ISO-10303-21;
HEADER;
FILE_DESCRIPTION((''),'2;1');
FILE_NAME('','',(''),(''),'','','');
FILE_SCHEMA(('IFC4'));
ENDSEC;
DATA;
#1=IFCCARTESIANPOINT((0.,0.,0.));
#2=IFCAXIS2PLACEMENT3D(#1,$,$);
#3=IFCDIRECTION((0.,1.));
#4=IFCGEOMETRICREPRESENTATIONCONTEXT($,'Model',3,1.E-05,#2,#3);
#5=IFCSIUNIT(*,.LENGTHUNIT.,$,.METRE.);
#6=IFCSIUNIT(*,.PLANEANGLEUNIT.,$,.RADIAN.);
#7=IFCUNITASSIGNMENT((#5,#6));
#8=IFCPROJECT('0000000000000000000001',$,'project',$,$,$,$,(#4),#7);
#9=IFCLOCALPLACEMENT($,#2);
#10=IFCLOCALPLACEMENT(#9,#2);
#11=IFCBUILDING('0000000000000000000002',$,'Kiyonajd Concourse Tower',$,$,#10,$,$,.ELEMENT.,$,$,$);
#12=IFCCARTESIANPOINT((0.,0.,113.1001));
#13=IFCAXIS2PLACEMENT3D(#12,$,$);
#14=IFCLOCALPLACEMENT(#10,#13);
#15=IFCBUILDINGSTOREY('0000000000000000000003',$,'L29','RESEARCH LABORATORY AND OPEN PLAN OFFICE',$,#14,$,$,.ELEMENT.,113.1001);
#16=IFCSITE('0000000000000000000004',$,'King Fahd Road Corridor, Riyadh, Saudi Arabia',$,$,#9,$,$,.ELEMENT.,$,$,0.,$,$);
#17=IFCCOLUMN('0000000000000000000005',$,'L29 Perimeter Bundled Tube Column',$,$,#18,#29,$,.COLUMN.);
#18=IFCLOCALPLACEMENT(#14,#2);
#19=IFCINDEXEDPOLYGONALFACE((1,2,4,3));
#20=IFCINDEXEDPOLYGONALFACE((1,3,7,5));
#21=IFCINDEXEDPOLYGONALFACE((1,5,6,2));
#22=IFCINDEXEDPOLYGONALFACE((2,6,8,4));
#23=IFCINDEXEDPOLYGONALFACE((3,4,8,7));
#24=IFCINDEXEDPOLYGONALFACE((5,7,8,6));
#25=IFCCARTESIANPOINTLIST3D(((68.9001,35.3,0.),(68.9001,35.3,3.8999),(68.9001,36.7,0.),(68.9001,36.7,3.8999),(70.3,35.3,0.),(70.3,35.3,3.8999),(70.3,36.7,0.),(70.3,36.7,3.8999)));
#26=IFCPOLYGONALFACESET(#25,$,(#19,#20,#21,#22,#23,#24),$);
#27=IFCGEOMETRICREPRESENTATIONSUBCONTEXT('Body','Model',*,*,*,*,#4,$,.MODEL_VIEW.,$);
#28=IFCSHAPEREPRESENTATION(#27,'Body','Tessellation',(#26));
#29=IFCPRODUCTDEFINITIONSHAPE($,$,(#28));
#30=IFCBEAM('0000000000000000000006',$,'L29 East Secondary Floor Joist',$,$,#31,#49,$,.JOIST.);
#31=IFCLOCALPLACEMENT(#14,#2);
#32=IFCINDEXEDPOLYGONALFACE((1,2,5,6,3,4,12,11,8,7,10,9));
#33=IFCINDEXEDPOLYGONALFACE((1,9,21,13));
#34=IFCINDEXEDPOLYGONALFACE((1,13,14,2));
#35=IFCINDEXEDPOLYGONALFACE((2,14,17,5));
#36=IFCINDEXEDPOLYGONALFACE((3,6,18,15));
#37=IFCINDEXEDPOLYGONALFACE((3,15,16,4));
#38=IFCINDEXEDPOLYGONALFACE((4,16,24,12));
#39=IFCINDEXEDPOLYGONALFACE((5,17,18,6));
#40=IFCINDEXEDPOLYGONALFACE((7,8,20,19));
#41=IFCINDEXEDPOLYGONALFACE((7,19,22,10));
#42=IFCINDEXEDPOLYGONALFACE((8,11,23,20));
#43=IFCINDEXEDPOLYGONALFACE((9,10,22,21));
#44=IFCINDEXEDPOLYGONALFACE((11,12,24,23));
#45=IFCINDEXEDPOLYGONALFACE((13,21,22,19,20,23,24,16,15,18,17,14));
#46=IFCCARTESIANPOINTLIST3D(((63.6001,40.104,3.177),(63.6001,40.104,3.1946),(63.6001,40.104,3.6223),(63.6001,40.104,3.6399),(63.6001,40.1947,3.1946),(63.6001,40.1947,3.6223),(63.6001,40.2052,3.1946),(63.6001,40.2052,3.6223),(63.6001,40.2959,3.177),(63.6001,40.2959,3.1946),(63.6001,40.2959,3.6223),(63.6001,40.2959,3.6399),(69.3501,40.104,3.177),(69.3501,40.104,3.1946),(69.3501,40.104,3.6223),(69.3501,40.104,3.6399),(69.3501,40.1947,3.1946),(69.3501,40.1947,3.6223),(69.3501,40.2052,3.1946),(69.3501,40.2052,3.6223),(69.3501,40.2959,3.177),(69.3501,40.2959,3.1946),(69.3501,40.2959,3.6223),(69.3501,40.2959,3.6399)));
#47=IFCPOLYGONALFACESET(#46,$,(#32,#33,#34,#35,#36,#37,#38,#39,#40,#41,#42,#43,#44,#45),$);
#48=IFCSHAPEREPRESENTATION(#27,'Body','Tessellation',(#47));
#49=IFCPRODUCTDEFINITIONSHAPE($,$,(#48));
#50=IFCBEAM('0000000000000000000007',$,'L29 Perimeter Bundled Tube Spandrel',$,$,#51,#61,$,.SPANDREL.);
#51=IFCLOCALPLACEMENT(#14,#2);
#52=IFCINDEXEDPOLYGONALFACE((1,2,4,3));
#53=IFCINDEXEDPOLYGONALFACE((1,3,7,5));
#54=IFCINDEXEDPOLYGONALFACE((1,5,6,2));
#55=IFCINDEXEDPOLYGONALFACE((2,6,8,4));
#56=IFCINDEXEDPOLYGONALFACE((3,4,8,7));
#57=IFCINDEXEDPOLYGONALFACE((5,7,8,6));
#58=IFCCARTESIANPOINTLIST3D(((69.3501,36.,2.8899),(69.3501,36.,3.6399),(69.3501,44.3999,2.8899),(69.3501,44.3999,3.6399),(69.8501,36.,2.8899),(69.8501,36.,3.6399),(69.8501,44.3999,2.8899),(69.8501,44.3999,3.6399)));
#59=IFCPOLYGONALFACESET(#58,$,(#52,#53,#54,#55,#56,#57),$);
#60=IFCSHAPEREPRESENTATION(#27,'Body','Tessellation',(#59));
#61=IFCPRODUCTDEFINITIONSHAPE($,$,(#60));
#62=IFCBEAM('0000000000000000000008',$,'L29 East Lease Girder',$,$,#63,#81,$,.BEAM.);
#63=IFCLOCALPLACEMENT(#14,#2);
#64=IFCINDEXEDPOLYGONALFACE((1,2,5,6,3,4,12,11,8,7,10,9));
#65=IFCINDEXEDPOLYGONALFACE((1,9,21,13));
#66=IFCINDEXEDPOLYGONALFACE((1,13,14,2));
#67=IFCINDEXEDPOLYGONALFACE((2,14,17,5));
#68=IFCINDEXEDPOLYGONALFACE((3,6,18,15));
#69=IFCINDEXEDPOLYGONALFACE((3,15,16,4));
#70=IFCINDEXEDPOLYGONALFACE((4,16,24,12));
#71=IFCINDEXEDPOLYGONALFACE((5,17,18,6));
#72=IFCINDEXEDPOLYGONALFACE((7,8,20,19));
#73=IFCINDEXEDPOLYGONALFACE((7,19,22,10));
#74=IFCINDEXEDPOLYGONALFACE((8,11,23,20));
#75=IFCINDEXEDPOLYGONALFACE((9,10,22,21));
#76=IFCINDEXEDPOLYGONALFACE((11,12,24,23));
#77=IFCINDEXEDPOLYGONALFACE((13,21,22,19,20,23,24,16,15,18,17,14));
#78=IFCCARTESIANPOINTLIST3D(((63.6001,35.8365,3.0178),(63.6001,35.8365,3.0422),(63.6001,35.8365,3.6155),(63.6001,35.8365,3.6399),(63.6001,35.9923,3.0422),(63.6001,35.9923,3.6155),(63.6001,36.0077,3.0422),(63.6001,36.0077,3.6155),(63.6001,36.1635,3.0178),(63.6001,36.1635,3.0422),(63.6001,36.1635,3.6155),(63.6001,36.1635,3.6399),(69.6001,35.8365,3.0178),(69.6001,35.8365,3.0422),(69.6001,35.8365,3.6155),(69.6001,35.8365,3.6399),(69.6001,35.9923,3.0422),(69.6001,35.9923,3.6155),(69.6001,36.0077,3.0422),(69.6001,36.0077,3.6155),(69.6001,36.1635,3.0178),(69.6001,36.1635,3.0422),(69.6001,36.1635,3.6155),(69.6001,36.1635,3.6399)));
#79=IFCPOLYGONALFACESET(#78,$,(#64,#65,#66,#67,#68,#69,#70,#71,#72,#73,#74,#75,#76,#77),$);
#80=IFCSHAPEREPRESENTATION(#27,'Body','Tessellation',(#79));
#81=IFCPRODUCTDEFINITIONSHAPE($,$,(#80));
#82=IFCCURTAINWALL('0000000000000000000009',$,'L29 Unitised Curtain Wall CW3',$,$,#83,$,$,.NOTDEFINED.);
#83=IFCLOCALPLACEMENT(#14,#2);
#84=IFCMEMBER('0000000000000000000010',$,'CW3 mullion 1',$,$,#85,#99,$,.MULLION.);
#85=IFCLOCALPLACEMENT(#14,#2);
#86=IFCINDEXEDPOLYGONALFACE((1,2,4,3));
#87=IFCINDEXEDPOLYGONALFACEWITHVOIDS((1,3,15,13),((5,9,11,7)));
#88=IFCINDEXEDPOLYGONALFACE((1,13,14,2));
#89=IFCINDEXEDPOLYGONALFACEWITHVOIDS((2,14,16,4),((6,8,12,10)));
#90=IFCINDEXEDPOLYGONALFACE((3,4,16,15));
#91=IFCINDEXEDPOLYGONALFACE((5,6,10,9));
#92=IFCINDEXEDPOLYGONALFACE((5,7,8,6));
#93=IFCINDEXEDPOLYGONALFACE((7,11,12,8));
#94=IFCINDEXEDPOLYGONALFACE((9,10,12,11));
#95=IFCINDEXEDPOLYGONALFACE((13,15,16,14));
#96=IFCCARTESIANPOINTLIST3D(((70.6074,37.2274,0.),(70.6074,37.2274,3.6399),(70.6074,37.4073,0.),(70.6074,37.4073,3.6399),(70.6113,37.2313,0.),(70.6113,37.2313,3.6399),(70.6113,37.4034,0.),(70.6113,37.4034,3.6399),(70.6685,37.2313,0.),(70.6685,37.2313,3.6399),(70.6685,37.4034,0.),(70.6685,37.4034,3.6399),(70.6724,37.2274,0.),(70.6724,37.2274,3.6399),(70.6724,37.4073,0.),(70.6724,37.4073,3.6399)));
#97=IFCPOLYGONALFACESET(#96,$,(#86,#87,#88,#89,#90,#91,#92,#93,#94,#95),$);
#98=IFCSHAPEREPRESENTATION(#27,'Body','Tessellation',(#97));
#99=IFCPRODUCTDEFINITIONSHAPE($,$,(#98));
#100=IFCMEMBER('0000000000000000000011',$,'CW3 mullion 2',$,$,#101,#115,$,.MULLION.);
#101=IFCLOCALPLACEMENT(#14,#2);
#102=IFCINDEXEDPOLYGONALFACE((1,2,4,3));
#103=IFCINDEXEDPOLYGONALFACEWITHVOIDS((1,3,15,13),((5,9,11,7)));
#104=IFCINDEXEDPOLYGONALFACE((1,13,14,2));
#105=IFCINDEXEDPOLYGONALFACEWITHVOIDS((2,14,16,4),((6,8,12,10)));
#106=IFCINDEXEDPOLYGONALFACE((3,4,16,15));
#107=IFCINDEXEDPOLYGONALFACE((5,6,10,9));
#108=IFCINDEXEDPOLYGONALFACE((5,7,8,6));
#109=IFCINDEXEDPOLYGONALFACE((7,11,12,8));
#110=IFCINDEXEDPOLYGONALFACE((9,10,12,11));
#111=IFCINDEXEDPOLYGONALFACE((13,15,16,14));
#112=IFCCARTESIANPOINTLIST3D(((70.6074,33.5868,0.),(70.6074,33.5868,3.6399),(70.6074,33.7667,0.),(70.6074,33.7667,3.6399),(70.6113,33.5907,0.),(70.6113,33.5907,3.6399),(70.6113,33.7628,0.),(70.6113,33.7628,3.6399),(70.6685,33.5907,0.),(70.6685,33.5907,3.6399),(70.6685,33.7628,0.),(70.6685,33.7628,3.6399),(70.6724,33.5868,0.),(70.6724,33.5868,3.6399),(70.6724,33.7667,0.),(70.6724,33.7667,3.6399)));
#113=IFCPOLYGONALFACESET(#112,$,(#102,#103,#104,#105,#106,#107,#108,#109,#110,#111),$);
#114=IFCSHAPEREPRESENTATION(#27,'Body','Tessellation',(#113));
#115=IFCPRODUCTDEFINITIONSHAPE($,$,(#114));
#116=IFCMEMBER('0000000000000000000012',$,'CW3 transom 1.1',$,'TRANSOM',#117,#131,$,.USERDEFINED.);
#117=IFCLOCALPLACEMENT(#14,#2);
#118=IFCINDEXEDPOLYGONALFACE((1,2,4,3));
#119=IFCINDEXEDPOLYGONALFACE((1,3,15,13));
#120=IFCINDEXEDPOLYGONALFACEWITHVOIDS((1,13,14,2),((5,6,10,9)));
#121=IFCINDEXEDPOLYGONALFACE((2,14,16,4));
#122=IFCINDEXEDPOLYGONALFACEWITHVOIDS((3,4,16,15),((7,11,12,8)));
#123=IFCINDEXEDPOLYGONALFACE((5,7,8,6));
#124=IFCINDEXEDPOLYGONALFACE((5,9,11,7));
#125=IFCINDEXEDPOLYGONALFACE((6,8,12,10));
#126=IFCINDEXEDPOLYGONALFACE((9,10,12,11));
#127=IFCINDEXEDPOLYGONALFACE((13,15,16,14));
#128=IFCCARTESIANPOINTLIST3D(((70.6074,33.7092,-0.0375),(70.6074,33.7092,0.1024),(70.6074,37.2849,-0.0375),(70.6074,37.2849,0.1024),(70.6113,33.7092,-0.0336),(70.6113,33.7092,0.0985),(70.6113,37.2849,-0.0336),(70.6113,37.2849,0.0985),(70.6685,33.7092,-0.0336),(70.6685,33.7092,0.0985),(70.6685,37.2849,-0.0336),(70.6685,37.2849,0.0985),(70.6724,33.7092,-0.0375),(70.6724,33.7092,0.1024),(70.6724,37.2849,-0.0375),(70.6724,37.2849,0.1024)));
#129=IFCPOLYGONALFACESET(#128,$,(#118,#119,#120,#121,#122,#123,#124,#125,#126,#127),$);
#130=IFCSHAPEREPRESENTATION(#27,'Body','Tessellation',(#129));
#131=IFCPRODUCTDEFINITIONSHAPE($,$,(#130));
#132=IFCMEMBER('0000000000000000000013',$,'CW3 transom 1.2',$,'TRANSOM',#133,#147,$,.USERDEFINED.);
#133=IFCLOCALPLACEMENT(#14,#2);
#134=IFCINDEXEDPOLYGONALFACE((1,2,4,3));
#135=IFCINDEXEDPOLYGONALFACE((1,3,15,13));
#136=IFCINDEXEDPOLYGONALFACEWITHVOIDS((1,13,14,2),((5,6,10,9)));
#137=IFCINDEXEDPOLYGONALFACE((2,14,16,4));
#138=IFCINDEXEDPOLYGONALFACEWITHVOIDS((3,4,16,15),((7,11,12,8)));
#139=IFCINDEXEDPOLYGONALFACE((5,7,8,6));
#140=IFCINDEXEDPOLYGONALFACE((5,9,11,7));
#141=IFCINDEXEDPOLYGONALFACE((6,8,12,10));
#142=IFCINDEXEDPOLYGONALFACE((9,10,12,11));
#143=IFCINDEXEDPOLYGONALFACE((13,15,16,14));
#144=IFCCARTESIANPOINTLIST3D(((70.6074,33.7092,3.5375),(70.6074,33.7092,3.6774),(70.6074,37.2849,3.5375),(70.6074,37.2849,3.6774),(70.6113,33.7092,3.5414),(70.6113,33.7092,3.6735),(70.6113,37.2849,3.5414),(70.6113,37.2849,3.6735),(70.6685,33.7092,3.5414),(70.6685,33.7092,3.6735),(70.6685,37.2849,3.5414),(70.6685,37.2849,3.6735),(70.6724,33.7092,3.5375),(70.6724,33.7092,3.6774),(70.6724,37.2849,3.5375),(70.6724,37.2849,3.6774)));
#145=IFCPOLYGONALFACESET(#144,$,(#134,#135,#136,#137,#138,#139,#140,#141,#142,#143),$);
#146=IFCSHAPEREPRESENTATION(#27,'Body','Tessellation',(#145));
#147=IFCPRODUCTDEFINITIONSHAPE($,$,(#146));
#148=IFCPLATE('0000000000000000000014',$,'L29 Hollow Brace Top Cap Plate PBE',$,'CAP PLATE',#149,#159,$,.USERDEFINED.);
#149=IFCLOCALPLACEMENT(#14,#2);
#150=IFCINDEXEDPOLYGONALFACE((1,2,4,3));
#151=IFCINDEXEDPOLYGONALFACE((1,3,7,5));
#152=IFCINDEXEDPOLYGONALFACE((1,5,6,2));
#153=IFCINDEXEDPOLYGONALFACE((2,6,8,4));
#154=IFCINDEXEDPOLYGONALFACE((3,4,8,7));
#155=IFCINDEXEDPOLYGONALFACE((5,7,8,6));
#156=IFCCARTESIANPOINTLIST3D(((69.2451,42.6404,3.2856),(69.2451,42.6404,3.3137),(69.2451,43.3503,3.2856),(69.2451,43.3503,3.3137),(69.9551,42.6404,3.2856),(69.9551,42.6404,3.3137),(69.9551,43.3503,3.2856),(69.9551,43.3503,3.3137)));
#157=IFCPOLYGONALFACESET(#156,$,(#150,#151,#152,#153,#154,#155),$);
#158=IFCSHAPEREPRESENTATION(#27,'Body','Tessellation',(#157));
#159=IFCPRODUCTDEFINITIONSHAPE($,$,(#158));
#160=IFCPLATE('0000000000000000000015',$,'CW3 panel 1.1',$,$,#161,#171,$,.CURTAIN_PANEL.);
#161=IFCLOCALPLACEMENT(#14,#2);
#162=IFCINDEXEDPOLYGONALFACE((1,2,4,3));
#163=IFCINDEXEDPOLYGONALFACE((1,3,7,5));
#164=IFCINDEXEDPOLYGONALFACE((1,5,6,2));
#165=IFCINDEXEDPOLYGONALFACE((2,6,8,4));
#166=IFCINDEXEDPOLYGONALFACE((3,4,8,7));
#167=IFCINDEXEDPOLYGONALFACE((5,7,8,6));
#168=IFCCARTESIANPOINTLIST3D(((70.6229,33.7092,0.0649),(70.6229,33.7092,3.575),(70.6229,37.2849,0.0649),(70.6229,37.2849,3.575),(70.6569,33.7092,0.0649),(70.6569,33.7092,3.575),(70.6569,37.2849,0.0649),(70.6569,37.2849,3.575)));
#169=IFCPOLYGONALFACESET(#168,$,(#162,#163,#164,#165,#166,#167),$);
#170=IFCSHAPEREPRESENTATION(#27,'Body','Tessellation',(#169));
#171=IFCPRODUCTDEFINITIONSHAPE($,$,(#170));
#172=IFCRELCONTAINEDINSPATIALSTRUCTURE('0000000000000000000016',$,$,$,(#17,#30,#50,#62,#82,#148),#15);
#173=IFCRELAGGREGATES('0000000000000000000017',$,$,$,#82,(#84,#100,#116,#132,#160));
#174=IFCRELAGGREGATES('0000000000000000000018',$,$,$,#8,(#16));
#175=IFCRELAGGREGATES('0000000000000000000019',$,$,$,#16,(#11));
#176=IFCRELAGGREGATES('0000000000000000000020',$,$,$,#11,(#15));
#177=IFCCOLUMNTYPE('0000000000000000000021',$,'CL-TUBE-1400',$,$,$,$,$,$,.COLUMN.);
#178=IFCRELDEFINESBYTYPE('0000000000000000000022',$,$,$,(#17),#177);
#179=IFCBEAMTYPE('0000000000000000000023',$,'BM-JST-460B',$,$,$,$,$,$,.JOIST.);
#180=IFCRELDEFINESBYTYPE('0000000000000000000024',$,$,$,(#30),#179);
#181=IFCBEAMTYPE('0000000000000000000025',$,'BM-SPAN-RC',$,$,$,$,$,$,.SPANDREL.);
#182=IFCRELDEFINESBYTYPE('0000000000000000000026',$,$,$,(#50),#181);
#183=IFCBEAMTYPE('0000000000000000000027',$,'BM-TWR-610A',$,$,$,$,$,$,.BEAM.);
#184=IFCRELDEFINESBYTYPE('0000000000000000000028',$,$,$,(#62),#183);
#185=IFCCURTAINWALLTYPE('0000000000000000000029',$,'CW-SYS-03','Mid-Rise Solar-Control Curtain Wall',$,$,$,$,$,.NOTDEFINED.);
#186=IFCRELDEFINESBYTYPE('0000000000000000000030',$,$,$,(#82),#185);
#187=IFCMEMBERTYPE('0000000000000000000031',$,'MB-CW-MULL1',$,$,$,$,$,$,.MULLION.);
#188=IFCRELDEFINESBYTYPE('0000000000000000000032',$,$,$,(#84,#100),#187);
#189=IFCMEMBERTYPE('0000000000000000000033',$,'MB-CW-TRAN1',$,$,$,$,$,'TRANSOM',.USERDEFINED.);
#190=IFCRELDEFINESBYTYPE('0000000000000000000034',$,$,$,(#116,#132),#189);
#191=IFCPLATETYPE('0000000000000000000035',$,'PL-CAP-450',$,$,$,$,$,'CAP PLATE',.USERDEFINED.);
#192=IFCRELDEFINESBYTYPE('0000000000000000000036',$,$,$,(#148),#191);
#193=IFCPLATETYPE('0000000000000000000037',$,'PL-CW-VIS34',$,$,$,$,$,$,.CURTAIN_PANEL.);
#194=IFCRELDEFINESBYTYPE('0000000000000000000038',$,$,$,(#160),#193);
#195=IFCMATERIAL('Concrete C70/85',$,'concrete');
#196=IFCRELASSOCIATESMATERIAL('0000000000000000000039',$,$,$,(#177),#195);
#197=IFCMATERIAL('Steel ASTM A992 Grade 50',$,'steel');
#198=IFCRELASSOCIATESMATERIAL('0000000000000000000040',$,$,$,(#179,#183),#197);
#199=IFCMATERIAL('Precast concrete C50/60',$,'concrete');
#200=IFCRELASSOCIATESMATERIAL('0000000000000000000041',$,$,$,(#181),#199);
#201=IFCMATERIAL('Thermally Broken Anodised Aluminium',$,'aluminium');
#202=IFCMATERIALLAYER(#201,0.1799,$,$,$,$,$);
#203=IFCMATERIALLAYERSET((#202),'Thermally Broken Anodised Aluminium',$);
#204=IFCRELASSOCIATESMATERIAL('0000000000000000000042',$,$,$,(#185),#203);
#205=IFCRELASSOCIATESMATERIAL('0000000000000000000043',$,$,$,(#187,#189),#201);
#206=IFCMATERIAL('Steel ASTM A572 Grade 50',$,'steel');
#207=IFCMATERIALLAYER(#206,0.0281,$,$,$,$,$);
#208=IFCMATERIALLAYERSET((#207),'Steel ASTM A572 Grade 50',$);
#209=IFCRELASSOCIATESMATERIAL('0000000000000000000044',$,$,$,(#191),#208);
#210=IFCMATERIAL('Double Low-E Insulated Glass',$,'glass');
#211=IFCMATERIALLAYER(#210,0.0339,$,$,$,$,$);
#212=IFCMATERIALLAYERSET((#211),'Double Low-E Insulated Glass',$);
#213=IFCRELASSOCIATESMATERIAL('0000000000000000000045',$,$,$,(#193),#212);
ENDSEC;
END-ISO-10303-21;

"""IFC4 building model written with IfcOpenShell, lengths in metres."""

from ifc_helpers import new_model, si_unit, direction, frame, origin, origin_2d, place, context, subcontext, project, spatial, rectangle, hollow_rectangle, i_section, extrude, material, layer, layer_set, material_profile, profile_set, type_object, element, aggregate, save


model = new_model("IFC4")

# Units and contexts
model_context = context("Model", 3, precision=1e-05, world=origin(), true_north=direction((0.0, 1.0)))
body_context = subcontext(model_context, "Body", "Model", "MODEL_VIEW")
ifc_project = project(units=[si_unit("LENGTHUNIT", "METRE"), si_unit("PLANEANGLEUNIT", "RADIAN")], contexts=[model_context])

# Site, building, storey
site_placement = place(None, origin())
site = spatial("IfcSite", under=ifc_project, at=site_placement, Name="King Fahd Road Corridor, Riyadh, Saudi Arabia", CompositionType="ELEMENT", RefElevation=0.0)
building_placement = place(site_placement, origin())
building = spatial("IfcBuilding", under=site, at=building_placement, Name="Kiyonajd Concourse Tower", CompositionType="ELEMENT")
storey_placement = place(building_placement, frame((0.0, 0.0, 113.1001)))
storey = spatial("IfcBuildingStorey", under=building, at=storey_placement, Name="L29", Description="RESEARCH LABORATORY AND OPEN PLAN OFFICE", CompositionType="ELEMENT", Elevation=113.1001)

# Column
ifc_material_1 = material(Name="Concrete C70/85", Category="concrete")
ifc_material_profile_1 = material_profile(ifc_material_1, rectangle(XDim=1.3999, YDim=1.3999, at=origin_2d()), Name="RC-1400x1400")
ifc_profile_set_1 = profile_set([ifc_material_profile_1], Name="Concrete C70/85")
column_type = type_object("IfcColumnType", Name="CL-TUBE-1400", PredefinedType="COLUMN", material=ifc_profile_set_1)
column_placement = place(storey_placement, frame((69.6001, 36.0, 0.0), z_axis=(0.0, 0.0, 1.0), x_axis=(1.0, 0.0, 0.0)))
element("IfcColumn", 1, at=column_placement, inside=storey, type_object=column_type, Name="L29 Perimeter Bundled Tube Column", PredefinedType="COLUMN", context=body_context, shape_type="SweptSolid", body=[
    extrude(rectangle(XDim=1.3999, YDim=1.3999, at=origin_2d()), origin(), (0.0, 0.0, 1.0), 3.8999),
])

# Beams
ifc_material_2 = material(Name="Steel ASTM A992 Grade 50", Category="steel")
ifc_material_profile_2 = material_profile(ifc_material_2, i_section(OverallWidth=0.1919, OverallDepth=0.4629, WebThickness=0.0105, FlangeThickness=0.0176, at=origin_2d()), Name="W460X89")
ifc_profile_set_2 = profile_set([ifc_material_profile_2], Name="Steel ASTM A992 Grade 50")
beam_type_1 = type_object("IfcBeamType", Name="BM-JST-460B", PredefinedType="JOIST", material=ifc_profile_set_2)
beam_1_placement = place(storey_placement, frame((63.6001, 40.2, 3.4084), z_axis=(1.0, 0.0, 0.0), x_axis=(0.0, 1.0, 0.0)))
element("IfcBeam", 2, at=beam_1_placement, inside=storey, type_object=beam_type_1, Name="L29 East Secondary Floor Joist", PredefinedType="JOIST", context=body_context, shape_type="SweptSolid", body=[
    extrude(i_section(OverallWidth=0.1919, OverallDepth=0.4629, WebThickness=0.0105, FlangeThickness=0.0176, at=origin_2d()), origin(), (0.0, 0.0, 1.0), 5.75),
])
ifc_material_3 = material(Name="Precast concrete C50/60", Category="concrete")
ifc_material_profile_3 = material_profile(ifc_material_3, rectangle(XDim=0.5, YDim=0.75, at=origin_2d()), Name="RCBM-500x750")
ifc_profile_set_3 = profile_set([ifc_material_profile_3], Name="Precast concrete C50/60")
beam_type_2 = type_object("IfcBeamType", Name="BM-SPAN-RC", PredefinedType="SPANDREL", material=ifc_profile_set_3)
beam_2_placement = place(storey_placement, frame((69.6001, 36.0, 3.2649), z_axis=(0.0, 1.0, 0.0), x_axis=(-1.0, 0.0, 0.0)))
element("IfcBeam", 3, at=beam_2_placement, inside=storey, type_object=beam_type_2, Name="L29 Perimeter Bundled Tube Spandrel", PredefinedType="SPANDREL", context=body_context, shape_type="SweptSolid", body=[
    extrude(rectangle(XDim=0.5, YDim=0.75, at=origin_2d()), origin(), (0.0, 0.0, 1.0), 8.3999),
])
ifc_material_profile_4 = material_profile(ifc_material_2, i_section(OverallWidth=0.3269, OverallDepth=0.6221, WebThickness=0.0154, FlangeThickness=0.0244, at=origin_2d()), Name="W610X195")
ifc_profile_set_4 = profile_set([ifc_material_profile_4], Name="Steel ASTM A992 Grade 50")
beam_type_3 = type_object("IfcBeamType", Name="BM-TWR-610A", PredefinedType="BEAM", material=ifc_profile_set_4)
beam_3_placement = place(storey_placement, frame((63.6001, 36.0, 3.3289), z_axis=(1.0, 0.0, 0.0), x_axis=(0.0, 1.0, 0.0)))
element("IfcBeam", 4, at=beam_3_placement, inside=storey, type_object=beam_type_3, Name="L29 East Lease Girder", PredefinedType="BEAM", context=body_context, shape_type="SweptSolid", body=[
    extrude(i_section(OverallWidth=0.3269, OverallDepth=0.6221, WebThickness=0.0154, FlangeThickness=0.0244, at=origin_2d()), origin(), (0.0, 0.0, 1.0), 6.0),
])

# Curtain wall, members
ifc_material_4 = material(Name="Thermally Broken Anodised Aluminium", Category="aluminium")
ifc_layer_1 = layer(ifc_material_4, 0.1799)
ifc_layer_set_1 = layer_set([ifc_layer_1], Name="Thermally Broken Anodised Aluminium")
curtain_wall_type = type_object("IfcCurtainWallType", Name="CW-SYS-03", Description="Mid-Rise Solar-Control Curtain Wall", PredefinedType="NOTDEFINED", material=ifc_layer_set_1)
curtain_wall_placement = place(storey_placement, origin())
curtain_wall = element("IfcCurtainWall", 5, at=curtain_wall_placement, inside=storey, type_object=curtain_wall_type, Name="L29 Unitised Curtain Wall CW3", PredefinedType="NOTDEFINED")
ifc_material_profile_5 = material_profile(ifc_material_4, hollow_rectangle(XDim=0.0649, YDim=0.1799, WallThickness=0.0039, at=origin_2d()), Name="MULL-65x180")
ifc_profile_set_5 = profile_set([ifc_material_profile_5], Name="Thermally Broken Anodised Aluminium")
member_type_1 = type_object("IfcMemberType", Name="MB-CW-MULL1", PredefinedType="MULLION", material=ifc_profile_set_5)
member_1_placement = place(storey_placement, frame((70.6399, 37.3174, 0.0), z_axis=(0.0, 0.0, 1.0), x_axis=(1.0, 0.0, 0.0)))
member_1 = element("IfcMember", 6, at=member_1_placement, type_object=member_type_1, Name="CW3 mullion 1", PredefinedType="MULLION", context=body_context, shape_type="SweptSolid", body=[
    extrude(hollow_rectangle(XDim=0.0649, YDim=0.1799, WallThickness=0.0039, at=origin_2d()), origin(), (0.0, 0.0, 1.0), 3.6399),
])
member_2_placement = place(storey_placement, frame((70.6399, 33.6768, 0.0), z_axis=(0.0, 0.0, 1.0), x_axis=(1.0, 0.0, 0.0)))
member_2 = element("IfcMember", 7, at=member_2_placement, type_object=member_type_1, Name="CW3 mullion 2", PredefinedType="MULLION", context=body_context, shape_type="SweptSolid", body=[
    extrude(hollow_rectangle(XDim=0.0649, YDim=0.1799, WallThickness=0.0039, at=origin_2d()), origin(), (0.0, 0.0, 1.0), 3.6399),
])
ifc_material_profile_6 = material_profile(ifc_material_4, hollow_rectangle(XDim=0.0649, YDim=0.1399, WallThickness=0.0039, at=origin_2d()), Name="TRAN-65x140")
ifc_profile_set_6 = profile_set([ifc_material_profile_6], Name="Thermally Broken Anodised Aluminium")
member_type_2 = type_object("IfcMemberType", Name="MB-CW-TRAN1", ElementType="TRANSOM", PredefinedType="USERDEFINED", material=ifc_profile_set_6)
member_3_placement = place(storey_placement, frame((70.6399, 37.2849, 0.0325), z_axis=(0.0, -1.0, 0.0), x_axis=(1.0, 0.0, 0.0)))
member_3 = element("IfcMember", 8, at=member_3_placement, type_object=member_type_2, Name="CW3 transom 1.1", ObjectType="TRANSOM", PredefinedType="USERDEFINED", context=body_context, shape_type="SweptSolid", body=[
    extrude(hollow_rectangle(XDim=0.0649, YDim=0.1399, WallThickness=0.0039, at=origin_2d()), origin(), (0.0, 0.0, 1.0), 3.5757),
])
member_4_placement = place(storey_placement, frame((70.6399, 37.2849, 3.6074), z_axis=(0.0, -1.0, 0.0), x_axis=(1.0, 0.0, 0.0)))
member_4 = element("IfcMember", 9, at=member_4_placement, type_object=member_type_2, Name="CW3 transom 1.2", ObjectType="TRANSOM", PredefinedType="USERDEFINED", context=body_context, shape_type="SweptSolid", body=[
    extrude(hollow_rectangle(XDim=0.0649, YDim=0.1399, WallThickness=0.0039, at=origin_2d()), origin(), (0.0, 0.0, 1.0), 3.5757),
])

# Plates
ifc_material_5 = material(Name="Steel ASTM A572 Grade 50", Category="steel")
ifc_layer_2 = layer(ifc_material_5, 0.0281)
ifc_layer_set_2 = layer_set([ifc_layer_2], Name="Steel ASTM A572 Grade 50")
plate_type_1 = type_object("IfcPlateType", Name="PL-CAP-450", ElementType="CAP PLATE", PredefinedType="USERDEFINED", material=ifc_layer_set_2)
plate_1_placement = place(storey_placement, frame((69.6001, 42.9954, 3.2856), z_axis=(0.0, 0.0, 1.0), x_axis=(1.0, 0.0, 0.0)))
element("IfcPlate", 10, at=plate_1_placement, inside=storey, type_object=plate_type_1, Name="L29 Hollow Brace Top Cap Plate PBE", ObjectType="CAP PLATE", PredefinedType="USERDEFINED", context=body_context, shape_type="SweptSolid", body=[
    extrude(rectangle(XDim=0.71, YDim=0.71, at=origin_2d()), origin(), (0.0, 0.0, 1.0), 0.0281),
])
ifc_material_6 = material(Name="Double Low-E Insulated Glass", Category="glass")
ifc_layer_3 = layer(ifc_material_6, 0.0339)
ifc_layer_set_3 = layer_set([ifc_layer_3], Name="Double Low-E Insulated Glass")
plate_type_2 = type_object("IfcPlateType", Name="PL-CW-VIS34", PredefinedType="CURTAIN_PANEL", material=ifc_layer_set_3)
plate_2_placement = place(storey_placement, frame((70.6399, 35.4971, 0.0649), z_axis=(0.0, 0.0, 1.0), x_axis=(0.0, -1.0, 0.0)))
plate_2 = element("IfcPlate", 11, at=plate_2_placement, type_object=plate_type_2, Name="CW3 panel 1.1", PredefinedType="CURTAIN_PANEL", context=body_context, shape_type="SweptSolid", body=[
    extrude(rectangle(XDim=3.5757, YDim=0.0339, at=origin_2d()), origin(), (0.0, 0.0, 1.0), 3.51),
])
aggregate(curtain_wall, [member_1, member_2, member_3, member_4, plate_2])

save(model, "model.ifc")
